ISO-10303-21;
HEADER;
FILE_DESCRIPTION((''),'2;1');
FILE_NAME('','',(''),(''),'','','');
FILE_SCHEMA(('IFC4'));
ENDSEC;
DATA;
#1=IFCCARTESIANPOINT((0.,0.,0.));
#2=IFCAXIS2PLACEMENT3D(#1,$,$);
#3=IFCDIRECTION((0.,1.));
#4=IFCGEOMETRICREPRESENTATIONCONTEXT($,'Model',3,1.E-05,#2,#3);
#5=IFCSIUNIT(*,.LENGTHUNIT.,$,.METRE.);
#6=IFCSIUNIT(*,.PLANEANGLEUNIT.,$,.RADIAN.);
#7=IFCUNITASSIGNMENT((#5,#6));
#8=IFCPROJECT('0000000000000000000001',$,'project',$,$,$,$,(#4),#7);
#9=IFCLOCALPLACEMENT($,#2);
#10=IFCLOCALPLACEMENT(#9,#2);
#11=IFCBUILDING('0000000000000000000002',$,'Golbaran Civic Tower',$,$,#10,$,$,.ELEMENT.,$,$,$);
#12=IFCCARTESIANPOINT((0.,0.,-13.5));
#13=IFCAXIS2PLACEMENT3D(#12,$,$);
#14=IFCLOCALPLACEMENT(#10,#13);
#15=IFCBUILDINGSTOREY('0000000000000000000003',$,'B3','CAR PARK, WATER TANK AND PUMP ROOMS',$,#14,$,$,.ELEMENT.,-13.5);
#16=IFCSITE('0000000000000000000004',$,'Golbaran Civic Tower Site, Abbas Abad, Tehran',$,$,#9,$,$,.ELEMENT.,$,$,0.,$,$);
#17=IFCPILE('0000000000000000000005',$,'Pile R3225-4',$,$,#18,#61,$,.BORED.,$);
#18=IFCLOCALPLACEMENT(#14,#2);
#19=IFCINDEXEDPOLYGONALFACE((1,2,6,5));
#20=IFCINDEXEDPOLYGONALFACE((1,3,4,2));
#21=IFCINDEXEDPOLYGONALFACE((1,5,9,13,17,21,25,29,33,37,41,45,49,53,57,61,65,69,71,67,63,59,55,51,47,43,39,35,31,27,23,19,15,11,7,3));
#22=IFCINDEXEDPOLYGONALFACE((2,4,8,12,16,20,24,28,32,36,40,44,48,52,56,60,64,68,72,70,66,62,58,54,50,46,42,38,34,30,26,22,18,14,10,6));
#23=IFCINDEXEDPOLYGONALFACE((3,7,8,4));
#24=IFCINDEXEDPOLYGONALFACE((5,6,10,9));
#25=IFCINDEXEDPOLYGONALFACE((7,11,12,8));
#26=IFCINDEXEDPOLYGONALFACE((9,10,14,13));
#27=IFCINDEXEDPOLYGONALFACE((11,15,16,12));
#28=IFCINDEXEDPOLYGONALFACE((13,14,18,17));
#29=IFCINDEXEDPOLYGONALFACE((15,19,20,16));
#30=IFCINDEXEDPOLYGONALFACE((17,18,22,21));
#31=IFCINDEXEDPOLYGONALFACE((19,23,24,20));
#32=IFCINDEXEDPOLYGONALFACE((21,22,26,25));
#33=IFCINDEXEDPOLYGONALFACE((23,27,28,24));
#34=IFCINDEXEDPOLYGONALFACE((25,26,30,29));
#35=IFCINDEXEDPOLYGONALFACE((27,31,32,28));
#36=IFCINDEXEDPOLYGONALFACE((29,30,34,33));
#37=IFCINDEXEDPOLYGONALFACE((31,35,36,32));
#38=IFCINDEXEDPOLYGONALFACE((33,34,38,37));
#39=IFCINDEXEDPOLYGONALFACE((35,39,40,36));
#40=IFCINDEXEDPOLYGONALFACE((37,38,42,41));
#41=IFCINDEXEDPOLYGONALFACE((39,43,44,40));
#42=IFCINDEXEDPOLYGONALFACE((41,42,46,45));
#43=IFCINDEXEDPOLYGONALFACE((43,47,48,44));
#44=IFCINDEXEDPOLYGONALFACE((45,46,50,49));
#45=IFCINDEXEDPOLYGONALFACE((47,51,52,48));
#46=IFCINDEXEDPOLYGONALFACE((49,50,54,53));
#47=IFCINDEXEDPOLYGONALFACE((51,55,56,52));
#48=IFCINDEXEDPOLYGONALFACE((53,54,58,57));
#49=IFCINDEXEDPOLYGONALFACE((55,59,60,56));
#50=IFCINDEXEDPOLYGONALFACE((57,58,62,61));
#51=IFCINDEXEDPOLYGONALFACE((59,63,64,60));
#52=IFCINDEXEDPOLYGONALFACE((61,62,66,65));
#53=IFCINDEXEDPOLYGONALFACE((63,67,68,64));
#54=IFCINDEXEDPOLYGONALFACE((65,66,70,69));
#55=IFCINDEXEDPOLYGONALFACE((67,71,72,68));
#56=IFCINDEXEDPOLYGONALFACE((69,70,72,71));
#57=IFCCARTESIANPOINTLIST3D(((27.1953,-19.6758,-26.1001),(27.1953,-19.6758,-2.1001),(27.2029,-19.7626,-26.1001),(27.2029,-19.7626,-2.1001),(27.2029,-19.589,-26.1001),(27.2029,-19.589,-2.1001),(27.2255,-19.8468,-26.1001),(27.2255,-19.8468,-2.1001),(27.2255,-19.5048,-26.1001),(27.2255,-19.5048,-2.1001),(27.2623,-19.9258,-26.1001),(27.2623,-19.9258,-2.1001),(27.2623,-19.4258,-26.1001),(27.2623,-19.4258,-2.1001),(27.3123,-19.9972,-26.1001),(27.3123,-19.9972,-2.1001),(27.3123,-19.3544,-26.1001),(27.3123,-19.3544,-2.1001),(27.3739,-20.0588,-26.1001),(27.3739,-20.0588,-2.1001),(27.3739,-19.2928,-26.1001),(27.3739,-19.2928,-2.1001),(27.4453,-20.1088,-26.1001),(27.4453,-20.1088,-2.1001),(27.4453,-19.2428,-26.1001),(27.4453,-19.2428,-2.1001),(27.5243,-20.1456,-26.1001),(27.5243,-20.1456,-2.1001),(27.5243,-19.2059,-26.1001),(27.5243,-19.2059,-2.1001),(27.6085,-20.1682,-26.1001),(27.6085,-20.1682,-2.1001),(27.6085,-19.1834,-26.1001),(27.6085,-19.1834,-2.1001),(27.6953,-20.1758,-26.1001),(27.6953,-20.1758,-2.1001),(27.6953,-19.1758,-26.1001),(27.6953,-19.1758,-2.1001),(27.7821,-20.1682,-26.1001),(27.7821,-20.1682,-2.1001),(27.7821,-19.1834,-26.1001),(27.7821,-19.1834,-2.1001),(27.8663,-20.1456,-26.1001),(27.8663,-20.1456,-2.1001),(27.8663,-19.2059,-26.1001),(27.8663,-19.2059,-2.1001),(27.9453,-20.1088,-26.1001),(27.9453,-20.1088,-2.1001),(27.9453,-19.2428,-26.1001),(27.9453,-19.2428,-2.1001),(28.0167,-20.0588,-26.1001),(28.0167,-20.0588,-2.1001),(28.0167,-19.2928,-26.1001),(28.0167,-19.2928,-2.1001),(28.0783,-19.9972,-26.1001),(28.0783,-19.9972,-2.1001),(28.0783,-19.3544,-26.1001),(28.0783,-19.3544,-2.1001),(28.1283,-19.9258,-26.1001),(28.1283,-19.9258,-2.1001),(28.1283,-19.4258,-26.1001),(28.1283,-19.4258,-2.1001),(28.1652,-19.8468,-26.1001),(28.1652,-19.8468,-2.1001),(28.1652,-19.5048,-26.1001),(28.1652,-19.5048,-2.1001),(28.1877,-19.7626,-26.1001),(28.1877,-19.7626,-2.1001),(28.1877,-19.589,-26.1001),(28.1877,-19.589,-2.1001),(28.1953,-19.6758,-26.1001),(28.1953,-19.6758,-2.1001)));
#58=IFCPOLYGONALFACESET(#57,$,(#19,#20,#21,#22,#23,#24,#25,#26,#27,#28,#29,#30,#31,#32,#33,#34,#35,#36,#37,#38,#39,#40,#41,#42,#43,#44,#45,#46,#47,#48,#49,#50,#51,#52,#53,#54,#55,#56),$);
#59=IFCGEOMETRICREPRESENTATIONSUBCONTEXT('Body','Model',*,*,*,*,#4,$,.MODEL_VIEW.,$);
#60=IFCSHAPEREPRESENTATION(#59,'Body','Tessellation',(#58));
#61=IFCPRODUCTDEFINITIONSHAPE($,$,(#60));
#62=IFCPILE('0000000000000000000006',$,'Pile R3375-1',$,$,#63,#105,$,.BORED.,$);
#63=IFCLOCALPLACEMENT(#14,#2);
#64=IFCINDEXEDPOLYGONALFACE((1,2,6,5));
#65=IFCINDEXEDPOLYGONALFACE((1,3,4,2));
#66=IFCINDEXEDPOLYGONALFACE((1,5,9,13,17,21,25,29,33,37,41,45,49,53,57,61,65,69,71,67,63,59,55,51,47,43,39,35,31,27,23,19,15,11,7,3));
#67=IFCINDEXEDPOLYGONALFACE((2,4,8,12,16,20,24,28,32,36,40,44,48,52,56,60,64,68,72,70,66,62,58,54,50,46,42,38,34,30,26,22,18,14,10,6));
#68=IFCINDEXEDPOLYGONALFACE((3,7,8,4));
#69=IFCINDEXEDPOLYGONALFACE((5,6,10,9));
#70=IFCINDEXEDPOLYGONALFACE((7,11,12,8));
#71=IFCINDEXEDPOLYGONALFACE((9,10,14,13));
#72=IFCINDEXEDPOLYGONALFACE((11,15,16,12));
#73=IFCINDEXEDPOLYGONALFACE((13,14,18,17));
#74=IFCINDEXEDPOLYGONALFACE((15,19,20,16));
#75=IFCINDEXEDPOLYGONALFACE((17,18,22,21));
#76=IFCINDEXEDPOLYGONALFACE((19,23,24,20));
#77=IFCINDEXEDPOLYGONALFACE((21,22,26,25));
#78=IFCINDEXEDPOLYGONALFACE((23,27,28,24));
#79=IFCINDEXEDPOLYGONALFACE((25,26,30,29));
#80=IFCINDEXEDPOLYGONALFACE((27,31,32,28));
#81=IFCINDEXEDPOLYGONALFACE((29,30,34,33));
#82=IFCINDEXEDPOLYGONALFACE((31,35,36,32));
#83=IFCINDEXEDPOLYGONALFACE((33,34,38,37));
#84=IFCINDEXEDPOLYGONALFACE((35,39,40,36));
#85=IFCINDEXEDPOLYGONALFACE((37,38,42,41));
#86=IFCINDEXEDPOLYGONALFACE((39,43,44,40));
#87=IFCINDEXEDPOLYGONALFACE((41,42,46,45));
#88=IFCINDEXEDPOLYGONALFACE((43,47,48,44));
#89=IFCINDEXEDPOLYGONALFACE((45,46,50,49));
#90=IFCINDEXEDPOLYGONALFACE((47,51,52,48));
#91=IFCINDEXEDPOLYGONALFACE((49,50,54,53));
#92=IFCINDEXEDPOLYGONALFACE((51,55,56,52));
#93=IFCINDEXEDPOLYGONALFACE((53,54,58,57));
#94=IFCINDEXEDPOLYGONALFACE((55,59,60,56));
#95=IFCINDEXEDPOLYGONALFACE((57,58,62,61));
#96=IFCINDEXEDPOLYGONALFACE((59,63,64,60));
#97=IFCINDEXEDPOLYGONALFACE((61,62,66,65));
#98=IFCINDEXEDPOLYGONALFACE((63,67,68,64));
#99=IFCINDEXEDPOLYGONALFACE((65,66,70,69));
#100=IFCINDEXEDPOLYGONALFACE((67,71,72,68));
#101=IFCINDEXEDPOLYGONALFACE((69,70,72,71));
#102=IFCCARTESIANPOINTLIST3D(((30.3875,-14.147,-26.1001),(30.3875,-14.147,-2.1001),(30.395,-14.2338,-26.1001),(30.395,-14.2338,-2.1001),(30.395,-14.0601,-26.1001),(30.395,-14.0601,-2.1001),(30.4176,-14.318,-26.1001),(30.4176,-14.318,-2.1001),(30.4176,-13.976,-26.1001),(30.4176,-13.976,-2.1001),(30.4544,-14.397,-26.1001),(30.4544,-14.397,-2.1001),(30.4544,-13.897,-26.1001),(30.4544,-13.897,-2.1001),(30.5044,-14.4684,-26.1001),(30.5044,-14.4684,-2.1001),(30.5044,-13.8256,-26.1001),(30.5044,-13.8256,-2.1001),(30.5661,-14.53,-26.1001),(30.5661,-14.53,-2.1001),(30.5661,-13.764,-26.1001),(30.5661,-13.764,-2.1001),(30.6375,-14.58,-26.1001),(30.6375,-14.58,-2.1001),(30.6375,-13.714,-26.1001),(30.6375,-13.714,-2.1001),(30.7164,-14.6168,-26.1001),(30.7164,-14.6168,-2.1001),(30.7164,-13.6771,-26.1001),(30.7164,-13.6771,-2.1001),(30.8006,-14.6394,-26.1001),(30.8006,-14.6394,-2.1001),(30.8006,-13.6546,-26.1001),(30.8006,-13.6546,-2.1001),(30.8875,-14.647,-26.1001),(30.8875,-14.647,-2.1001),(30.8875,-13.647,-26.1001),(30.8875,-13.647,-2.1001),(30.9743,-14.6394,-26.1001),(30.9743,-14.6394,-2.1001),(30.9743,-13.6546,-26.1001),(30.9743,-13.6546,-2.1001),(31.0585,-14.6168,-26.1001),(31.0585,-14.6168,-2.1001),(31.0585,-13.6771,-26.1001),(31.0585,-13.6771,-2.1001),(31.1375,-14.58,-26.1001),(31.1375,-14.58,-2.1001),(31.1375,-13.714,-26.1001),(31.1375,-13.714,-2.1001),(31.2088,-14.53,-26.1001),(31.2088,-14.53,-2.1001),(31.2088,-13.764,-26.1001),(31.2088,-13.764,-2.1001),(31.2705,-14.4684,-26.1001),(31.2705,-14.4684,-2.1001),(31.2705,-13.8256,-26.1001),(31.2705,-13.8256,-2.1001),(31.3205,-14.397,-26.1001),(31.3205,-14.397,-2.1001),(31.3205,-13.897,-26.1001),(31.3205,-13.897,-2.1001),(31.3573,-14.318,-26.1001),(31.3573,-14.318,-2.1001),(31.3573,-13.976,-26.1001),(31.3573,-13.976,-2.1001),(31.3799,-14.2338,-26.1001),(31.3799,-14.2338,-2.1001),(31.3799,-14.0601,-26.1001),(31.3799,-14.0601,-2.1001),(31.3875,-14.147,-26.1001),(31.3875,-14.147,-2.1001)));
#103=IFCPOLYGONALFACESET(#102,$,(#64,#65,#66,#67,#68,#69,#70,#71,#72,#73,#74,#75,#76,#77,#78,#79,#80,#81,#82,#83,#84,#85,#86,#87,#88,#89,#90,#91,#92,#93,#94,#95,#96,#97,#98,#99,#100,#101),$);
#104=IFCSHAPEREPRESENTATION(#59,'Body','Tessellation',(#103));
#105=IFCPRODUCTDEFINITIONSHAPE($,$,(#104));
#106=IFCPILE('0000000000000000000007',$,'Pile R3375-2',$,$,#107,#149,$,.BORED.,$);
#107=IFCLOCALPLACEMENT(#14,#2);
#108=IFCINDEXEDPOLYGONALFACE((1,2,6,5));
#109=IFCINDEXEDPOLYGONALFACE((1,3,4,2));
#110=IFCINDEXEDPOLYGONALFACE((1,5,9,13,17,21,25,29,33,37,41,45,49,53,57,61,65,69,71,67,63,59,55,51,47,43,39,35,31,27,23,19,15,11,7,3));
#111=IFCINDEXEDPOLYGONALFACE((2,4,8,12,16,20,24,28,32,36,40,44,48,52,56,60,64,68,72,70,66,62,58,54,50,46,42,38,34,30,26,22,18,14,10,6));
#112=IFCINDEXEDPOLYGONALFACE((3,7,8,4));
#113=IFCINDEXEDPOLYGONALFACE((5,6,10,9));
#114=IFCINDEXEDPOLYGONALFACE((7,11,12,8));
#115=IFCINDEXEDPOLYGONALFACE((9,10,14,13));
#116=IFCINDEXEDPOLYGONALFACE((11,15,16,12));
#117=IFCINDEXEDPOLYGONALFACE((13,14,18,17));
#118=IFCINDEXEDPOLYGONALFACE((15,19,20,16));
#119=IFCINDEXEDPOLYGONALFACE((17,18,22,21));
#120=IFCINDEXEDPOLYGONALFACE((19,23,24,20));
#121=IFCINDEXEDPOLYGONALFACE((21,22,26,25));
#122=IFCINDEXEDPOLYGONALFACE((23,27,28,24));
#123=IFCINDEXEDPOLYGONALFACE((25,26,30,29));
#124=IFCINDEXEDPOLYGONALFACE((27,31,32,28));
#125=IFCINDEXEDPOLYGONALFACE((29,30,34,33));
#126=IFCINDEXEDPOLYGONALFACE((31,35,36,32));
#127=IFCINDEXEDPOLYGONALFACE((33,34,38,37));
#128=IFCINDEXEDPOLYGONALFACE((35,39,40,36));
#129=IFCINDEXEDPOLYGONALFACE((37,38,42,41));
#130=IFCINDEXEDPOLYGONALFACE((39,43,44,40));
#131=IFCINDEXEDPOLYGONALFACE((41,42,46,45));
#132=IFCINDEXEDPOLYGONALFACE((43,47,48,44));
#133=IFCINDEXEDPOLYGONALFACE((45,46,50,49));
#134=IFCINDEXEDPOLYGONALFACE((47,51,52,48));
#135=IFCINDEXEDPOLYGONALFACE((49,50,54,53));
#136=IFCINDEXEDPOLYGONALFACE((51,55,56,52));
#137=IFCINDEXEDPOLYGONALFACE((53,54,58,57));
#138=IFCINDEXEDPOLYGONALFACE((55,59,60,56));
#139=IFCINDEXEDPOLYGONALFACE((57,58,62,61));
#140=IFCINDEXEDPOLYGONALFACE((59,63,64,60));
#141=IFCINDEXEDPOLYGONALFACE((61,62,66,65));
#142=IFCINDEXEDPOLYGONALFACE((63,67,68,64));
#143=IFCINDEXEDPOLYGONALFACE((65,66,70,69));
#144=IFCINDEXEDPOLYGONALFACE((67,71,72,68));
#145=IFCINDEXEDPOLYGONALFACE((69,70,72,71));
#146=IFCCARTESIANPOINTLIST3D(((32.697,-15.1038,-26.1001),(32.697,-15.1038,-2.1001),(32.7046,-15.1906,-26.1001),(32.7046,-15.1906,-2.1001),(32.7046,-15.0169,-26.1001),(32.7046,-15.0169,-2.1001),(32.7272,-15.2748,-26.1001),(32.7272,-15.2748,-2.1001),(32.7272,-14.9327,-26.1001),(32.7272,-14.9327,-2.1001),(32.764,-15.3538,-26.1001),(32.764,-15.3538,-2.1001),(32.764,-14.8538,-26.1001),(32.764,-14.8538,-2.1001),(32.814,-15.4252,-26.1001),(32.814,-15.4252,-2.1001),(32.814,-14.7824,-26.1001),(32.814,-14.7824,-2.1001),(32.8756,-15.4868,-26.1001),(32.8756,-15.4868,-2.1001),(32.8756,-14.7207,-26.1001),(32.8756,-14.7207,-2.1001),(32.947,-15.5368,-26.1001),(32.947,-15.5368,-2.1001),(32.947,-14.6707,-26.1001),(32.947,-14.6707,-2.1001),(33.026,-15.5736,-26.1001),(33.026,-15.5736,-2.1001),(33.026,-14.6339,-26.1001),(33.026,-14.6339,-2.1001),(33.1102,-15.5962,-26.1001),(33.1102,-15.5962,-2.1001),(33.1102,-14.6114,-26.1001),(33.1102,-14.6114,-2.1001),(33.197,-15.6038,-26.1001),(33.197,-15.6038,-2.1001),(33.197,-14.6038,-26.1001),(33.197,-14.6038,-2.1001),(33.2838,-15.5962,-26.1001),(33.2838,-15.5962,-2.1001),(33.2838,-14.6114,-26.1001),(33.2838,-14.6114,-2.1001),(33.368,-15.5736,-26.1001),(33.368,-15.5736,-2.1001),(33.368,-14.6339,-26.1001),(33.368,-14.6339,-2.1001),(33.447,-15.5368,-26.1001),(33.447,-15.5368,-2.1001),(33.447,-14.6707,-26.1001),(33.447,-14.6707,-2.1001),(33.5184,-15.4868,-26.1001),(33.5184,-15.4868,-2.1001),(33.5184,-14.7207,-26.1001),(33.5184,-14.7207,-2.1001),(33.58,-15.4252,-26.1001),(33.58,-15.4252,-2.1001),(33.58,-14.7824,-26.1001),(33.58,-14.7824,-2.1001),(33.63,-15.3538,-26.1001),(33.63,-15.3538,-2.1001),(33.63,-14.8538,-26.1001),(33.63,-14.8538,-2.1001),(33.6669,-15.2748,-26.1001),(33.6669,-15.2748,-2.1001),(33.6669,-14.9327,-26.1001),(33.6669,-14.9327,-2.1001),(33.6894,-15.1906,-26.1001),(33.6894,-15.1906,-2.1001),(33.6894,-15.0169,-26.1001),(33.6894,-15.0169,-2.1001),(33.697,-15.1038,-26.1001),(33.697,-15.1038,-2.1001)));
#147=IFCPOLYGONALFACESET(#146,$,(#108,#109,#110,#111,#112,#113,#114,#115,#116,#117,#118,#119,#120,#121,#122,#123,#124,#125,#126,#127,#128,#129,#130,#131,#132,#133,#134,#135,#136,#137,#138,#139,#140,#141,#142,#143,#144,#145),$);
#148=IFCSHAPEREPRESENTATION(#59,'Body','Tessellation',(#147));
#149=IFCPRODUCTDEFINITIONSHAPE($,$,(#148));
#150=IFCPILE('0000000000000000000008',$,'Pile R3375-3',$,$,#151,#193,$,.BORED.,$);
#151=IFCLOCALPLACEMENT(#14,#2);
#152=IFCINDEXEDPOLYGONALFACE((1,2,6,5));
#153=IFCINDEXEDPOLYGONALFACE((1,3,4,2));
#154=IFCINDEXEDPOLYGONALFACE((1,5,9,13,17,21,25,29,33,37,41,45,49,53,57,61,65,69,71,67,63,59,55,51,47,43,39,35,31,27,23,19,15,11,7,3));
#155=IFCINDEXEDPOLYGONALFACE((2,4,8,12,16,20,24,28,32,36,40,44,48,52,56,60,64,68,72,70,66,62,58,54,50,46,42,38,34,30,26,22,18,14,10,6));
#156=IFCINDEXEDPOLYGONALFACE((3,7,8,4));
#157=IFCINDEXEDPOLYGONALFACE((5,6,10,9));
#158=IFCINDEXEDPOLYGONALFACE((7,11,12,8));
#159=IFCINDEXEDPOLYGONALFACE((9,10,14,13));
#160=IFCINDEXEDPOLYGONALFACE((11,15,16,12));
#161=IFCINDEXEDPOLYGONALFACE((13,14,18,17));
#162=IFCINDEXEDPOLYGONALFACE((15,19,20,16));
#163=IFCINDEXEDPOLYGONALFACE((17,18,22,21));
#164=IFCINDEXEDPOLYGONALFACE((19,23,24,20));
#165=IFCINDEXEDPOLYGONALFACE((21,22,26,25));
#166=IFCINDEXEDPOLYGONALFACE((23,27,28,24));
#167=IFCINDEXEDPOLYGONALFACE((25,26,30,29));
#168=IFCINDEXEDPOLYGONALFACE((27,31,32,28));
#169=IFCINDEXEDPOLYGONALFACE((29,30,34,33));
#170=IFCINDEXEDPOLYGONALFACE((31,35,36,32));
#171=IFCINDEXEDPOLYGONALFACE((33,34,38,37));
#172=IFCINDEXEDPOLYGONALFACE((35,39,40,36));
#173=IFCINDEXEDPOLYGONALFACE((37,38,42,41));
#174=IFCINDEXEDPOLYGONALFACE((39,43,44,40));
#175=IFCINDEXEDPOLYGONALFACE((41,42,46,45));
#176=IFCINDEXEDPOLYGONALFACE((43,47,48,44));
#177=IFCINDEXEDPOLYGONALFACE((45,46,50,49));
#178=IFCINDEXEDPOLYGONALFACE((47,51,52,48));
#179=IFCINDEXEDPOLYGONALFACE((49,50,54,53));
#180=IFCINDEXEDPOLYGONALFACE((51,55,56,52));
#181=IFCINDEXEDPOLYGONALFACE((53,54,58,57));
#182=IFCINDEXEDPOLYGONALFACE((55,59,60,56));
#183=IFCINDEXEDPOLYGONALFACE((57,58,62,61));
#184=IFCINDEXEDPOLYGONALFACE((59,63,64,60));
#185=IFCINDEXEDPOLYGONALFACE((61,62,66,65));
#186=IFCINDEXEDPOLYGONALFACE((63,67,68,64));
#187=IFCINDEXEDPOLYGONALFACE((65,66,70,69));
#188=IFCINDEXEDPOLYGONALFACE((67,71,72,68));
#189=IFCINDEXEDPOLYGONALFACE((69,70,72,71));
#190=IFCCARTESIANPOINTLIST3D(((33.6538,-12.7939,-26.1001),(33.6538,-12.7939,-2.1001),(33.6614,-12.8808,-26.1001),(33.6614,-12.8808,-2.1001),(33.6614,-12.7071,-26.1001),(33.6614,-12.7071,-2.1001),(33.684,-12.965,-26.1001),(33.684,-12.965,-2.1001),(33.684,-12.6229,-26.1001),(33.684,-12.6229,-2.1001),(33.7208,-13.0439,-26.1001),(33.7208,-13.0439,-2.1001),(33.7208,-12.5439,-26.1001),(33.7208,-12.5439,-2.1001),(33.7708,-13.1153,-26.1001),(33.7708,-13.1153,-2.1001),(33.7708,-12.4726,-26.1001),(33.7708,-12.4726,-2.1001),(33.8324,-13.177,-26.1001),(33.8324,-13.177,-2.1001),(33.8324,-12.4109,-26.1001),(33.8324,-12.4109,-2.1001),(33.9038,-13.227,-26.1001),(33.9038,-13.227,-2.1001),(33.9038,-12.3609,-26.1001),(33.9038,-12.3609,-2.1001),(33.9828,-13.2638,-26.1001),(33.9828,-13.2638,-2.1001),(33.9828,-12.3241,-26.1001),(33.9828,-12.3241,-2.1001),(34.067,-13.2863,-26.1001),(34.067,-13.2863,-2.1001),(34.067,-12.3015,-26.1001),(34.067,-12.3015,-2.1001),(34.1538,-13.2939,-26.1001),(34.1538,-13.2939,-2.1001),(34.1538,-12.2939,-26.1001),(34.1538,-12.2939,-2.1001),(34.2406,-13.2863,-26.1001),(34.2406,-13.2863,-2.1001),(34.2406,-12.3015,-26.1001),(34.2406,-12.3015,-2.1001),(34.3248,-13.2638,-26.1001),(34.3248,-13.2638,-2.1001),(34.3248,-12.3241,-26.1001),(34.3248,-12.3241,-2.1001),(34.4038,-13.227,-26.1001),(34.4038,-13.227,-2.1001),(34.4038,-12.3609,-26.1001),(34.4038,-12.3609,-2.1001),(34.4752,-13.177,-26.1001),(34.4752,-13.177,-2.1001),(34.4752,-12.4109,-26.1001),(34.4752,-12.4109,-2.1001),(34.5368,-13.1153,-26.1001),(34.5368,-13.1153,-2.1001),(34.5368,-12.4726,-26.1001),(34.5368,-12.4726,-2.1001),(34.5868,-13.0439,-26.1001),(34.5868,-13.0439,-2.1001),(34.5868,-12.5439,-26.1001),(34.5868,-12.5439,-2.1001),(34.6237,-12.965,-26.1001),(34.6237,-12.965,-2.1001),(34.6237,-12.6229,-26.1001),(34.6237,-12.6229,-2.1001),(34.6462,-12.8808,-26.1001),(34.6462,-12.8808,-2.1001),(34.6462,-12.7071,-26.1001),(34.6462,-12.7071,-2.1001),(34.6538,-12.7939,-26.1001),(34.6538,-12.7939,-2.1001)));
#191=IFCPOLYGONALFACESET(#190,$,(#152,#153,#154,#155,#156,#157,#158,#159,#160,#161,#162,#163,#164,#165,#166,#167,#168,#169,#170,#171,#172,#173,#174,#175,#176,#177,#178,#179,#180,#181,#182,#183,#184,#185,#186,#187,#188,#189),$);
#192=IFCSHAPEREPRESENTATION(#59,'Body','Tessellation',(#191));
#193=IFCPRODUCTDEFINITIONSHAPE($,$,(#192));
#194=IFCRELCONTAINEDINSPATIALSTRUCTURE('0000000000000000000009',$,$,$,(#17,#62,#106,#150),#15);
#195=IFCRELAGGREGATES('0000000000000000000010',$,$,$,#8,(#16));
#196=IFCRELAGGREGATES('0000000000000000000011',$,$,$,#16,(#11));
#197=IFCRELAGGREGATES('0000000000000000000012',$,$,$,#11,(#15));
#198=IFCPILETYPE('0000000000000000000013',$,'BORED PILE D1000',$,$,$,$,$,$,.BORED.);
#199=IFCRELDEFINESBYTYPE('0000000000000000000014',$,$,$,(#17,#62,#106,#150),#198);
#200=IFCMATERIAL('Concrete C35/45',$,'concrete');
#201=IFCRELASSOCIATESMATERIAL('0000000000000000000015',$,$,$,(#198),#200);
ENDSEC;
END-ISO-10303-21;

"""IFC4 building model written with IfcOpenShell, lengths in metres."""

from ifc_helpers import new_model, si_unit, direction, frame, origin, origin_2d, place, context, subcontext, project, spatial, circle, extrude, material, material_profile, profile_set, type_object, element, save


model = new_model("IFC4")

# Units and contexts
model_context = context("Model", 3, precision=1e-05, world=origin(), true_north=direction((0.0, 1.0)))
body_context = subcontext(model_context, "Body", "Model", "MODEL_VIEW")
ifc_project = project(units=[si_unit("LENGTHUNIT", "METRE"), si_unit("PLANEANGLEUNIT", "RADIAN")], contexts=[model_context])

# Site, building, storey
site_placement = place(None, origin())
site = spatial("IfcSite", under=ifc_project, at=site_placement, Name="Golbaran Civic Tower Site, Abbas Abad, Tehran", CompositionType="ELEMENT", RefElevation=0.0)
building_placement = place(site_placement, origin())
building = spatial("IfcBuilding", under=site, at=building_placement, Name="Golbaran Civic Tower", CompositionType="ELEMENT")
storey_placement = place(building_placement, frame((0.0, 0.0, -13.5)))
storey = spatial("IfcBuildingStorey", under=building, at=storey_placement, Name="B3", Description="CAR PARK, WATER TANK AND PUMP ROOMS", CompositionType="ELEMENT", Elevation=-13.5)

# Piles
ifc_material_1 = material(Name="Concrete C35/45", Category="concrete")
ifc_material_profile_1 = material_profile(ifc_material_1, circle(Radius=0.5, at=origin_2d()), Name="BORED PILE D1000")
ifc_profile_set_1 = profile_set([ifc_material_profile_1], Name="Concrete C35/45")
pile_type_1 = type_object("IfcPileType", Name="BORED PILE D1000", PredefinedType="BORED", material=ifc_profile_set_1)
for number, where, z_axis, x_axis, name in (
    (1, (27.6953, -19.6758, -2.1001), (0.0, 0.0, -1.0), (1.0, 0.0, 0.0), "Pile R3225-4"),
    (2, (30.8875, -14.147, -2.1001), (0.0, 0.0, -1.0), (1.0, 0.0, 0.0), "Pile R3375-1"),
    (3, (33.197, -15.1038, -2.1001), (0.0, 0.0, -1.0), (1.0, 0.0, 0.0), "Pile R3375-2"),
    (4, (34.1538, -12.7939, -2.1001), (0.0, 0.0, -1.0), (1.0, 0.0, 0.0), "Pile R3375-3"),
):
    element("IfcPile", number, at=place(storey_placement, frame(where, z_axis=z_axis, x_axis=x_axis)), inside=storey, type_object=pile_type_1, Name=name, PredefinedType="BORED", context=body_context, shape_type="SweptSolid", body=[
        extrude(circle(Radius=0.5, at=origin_2d()), origin(), (0.0, 0.0, 1.0), 24.0),
    ])

save(model, "model.ifc")
